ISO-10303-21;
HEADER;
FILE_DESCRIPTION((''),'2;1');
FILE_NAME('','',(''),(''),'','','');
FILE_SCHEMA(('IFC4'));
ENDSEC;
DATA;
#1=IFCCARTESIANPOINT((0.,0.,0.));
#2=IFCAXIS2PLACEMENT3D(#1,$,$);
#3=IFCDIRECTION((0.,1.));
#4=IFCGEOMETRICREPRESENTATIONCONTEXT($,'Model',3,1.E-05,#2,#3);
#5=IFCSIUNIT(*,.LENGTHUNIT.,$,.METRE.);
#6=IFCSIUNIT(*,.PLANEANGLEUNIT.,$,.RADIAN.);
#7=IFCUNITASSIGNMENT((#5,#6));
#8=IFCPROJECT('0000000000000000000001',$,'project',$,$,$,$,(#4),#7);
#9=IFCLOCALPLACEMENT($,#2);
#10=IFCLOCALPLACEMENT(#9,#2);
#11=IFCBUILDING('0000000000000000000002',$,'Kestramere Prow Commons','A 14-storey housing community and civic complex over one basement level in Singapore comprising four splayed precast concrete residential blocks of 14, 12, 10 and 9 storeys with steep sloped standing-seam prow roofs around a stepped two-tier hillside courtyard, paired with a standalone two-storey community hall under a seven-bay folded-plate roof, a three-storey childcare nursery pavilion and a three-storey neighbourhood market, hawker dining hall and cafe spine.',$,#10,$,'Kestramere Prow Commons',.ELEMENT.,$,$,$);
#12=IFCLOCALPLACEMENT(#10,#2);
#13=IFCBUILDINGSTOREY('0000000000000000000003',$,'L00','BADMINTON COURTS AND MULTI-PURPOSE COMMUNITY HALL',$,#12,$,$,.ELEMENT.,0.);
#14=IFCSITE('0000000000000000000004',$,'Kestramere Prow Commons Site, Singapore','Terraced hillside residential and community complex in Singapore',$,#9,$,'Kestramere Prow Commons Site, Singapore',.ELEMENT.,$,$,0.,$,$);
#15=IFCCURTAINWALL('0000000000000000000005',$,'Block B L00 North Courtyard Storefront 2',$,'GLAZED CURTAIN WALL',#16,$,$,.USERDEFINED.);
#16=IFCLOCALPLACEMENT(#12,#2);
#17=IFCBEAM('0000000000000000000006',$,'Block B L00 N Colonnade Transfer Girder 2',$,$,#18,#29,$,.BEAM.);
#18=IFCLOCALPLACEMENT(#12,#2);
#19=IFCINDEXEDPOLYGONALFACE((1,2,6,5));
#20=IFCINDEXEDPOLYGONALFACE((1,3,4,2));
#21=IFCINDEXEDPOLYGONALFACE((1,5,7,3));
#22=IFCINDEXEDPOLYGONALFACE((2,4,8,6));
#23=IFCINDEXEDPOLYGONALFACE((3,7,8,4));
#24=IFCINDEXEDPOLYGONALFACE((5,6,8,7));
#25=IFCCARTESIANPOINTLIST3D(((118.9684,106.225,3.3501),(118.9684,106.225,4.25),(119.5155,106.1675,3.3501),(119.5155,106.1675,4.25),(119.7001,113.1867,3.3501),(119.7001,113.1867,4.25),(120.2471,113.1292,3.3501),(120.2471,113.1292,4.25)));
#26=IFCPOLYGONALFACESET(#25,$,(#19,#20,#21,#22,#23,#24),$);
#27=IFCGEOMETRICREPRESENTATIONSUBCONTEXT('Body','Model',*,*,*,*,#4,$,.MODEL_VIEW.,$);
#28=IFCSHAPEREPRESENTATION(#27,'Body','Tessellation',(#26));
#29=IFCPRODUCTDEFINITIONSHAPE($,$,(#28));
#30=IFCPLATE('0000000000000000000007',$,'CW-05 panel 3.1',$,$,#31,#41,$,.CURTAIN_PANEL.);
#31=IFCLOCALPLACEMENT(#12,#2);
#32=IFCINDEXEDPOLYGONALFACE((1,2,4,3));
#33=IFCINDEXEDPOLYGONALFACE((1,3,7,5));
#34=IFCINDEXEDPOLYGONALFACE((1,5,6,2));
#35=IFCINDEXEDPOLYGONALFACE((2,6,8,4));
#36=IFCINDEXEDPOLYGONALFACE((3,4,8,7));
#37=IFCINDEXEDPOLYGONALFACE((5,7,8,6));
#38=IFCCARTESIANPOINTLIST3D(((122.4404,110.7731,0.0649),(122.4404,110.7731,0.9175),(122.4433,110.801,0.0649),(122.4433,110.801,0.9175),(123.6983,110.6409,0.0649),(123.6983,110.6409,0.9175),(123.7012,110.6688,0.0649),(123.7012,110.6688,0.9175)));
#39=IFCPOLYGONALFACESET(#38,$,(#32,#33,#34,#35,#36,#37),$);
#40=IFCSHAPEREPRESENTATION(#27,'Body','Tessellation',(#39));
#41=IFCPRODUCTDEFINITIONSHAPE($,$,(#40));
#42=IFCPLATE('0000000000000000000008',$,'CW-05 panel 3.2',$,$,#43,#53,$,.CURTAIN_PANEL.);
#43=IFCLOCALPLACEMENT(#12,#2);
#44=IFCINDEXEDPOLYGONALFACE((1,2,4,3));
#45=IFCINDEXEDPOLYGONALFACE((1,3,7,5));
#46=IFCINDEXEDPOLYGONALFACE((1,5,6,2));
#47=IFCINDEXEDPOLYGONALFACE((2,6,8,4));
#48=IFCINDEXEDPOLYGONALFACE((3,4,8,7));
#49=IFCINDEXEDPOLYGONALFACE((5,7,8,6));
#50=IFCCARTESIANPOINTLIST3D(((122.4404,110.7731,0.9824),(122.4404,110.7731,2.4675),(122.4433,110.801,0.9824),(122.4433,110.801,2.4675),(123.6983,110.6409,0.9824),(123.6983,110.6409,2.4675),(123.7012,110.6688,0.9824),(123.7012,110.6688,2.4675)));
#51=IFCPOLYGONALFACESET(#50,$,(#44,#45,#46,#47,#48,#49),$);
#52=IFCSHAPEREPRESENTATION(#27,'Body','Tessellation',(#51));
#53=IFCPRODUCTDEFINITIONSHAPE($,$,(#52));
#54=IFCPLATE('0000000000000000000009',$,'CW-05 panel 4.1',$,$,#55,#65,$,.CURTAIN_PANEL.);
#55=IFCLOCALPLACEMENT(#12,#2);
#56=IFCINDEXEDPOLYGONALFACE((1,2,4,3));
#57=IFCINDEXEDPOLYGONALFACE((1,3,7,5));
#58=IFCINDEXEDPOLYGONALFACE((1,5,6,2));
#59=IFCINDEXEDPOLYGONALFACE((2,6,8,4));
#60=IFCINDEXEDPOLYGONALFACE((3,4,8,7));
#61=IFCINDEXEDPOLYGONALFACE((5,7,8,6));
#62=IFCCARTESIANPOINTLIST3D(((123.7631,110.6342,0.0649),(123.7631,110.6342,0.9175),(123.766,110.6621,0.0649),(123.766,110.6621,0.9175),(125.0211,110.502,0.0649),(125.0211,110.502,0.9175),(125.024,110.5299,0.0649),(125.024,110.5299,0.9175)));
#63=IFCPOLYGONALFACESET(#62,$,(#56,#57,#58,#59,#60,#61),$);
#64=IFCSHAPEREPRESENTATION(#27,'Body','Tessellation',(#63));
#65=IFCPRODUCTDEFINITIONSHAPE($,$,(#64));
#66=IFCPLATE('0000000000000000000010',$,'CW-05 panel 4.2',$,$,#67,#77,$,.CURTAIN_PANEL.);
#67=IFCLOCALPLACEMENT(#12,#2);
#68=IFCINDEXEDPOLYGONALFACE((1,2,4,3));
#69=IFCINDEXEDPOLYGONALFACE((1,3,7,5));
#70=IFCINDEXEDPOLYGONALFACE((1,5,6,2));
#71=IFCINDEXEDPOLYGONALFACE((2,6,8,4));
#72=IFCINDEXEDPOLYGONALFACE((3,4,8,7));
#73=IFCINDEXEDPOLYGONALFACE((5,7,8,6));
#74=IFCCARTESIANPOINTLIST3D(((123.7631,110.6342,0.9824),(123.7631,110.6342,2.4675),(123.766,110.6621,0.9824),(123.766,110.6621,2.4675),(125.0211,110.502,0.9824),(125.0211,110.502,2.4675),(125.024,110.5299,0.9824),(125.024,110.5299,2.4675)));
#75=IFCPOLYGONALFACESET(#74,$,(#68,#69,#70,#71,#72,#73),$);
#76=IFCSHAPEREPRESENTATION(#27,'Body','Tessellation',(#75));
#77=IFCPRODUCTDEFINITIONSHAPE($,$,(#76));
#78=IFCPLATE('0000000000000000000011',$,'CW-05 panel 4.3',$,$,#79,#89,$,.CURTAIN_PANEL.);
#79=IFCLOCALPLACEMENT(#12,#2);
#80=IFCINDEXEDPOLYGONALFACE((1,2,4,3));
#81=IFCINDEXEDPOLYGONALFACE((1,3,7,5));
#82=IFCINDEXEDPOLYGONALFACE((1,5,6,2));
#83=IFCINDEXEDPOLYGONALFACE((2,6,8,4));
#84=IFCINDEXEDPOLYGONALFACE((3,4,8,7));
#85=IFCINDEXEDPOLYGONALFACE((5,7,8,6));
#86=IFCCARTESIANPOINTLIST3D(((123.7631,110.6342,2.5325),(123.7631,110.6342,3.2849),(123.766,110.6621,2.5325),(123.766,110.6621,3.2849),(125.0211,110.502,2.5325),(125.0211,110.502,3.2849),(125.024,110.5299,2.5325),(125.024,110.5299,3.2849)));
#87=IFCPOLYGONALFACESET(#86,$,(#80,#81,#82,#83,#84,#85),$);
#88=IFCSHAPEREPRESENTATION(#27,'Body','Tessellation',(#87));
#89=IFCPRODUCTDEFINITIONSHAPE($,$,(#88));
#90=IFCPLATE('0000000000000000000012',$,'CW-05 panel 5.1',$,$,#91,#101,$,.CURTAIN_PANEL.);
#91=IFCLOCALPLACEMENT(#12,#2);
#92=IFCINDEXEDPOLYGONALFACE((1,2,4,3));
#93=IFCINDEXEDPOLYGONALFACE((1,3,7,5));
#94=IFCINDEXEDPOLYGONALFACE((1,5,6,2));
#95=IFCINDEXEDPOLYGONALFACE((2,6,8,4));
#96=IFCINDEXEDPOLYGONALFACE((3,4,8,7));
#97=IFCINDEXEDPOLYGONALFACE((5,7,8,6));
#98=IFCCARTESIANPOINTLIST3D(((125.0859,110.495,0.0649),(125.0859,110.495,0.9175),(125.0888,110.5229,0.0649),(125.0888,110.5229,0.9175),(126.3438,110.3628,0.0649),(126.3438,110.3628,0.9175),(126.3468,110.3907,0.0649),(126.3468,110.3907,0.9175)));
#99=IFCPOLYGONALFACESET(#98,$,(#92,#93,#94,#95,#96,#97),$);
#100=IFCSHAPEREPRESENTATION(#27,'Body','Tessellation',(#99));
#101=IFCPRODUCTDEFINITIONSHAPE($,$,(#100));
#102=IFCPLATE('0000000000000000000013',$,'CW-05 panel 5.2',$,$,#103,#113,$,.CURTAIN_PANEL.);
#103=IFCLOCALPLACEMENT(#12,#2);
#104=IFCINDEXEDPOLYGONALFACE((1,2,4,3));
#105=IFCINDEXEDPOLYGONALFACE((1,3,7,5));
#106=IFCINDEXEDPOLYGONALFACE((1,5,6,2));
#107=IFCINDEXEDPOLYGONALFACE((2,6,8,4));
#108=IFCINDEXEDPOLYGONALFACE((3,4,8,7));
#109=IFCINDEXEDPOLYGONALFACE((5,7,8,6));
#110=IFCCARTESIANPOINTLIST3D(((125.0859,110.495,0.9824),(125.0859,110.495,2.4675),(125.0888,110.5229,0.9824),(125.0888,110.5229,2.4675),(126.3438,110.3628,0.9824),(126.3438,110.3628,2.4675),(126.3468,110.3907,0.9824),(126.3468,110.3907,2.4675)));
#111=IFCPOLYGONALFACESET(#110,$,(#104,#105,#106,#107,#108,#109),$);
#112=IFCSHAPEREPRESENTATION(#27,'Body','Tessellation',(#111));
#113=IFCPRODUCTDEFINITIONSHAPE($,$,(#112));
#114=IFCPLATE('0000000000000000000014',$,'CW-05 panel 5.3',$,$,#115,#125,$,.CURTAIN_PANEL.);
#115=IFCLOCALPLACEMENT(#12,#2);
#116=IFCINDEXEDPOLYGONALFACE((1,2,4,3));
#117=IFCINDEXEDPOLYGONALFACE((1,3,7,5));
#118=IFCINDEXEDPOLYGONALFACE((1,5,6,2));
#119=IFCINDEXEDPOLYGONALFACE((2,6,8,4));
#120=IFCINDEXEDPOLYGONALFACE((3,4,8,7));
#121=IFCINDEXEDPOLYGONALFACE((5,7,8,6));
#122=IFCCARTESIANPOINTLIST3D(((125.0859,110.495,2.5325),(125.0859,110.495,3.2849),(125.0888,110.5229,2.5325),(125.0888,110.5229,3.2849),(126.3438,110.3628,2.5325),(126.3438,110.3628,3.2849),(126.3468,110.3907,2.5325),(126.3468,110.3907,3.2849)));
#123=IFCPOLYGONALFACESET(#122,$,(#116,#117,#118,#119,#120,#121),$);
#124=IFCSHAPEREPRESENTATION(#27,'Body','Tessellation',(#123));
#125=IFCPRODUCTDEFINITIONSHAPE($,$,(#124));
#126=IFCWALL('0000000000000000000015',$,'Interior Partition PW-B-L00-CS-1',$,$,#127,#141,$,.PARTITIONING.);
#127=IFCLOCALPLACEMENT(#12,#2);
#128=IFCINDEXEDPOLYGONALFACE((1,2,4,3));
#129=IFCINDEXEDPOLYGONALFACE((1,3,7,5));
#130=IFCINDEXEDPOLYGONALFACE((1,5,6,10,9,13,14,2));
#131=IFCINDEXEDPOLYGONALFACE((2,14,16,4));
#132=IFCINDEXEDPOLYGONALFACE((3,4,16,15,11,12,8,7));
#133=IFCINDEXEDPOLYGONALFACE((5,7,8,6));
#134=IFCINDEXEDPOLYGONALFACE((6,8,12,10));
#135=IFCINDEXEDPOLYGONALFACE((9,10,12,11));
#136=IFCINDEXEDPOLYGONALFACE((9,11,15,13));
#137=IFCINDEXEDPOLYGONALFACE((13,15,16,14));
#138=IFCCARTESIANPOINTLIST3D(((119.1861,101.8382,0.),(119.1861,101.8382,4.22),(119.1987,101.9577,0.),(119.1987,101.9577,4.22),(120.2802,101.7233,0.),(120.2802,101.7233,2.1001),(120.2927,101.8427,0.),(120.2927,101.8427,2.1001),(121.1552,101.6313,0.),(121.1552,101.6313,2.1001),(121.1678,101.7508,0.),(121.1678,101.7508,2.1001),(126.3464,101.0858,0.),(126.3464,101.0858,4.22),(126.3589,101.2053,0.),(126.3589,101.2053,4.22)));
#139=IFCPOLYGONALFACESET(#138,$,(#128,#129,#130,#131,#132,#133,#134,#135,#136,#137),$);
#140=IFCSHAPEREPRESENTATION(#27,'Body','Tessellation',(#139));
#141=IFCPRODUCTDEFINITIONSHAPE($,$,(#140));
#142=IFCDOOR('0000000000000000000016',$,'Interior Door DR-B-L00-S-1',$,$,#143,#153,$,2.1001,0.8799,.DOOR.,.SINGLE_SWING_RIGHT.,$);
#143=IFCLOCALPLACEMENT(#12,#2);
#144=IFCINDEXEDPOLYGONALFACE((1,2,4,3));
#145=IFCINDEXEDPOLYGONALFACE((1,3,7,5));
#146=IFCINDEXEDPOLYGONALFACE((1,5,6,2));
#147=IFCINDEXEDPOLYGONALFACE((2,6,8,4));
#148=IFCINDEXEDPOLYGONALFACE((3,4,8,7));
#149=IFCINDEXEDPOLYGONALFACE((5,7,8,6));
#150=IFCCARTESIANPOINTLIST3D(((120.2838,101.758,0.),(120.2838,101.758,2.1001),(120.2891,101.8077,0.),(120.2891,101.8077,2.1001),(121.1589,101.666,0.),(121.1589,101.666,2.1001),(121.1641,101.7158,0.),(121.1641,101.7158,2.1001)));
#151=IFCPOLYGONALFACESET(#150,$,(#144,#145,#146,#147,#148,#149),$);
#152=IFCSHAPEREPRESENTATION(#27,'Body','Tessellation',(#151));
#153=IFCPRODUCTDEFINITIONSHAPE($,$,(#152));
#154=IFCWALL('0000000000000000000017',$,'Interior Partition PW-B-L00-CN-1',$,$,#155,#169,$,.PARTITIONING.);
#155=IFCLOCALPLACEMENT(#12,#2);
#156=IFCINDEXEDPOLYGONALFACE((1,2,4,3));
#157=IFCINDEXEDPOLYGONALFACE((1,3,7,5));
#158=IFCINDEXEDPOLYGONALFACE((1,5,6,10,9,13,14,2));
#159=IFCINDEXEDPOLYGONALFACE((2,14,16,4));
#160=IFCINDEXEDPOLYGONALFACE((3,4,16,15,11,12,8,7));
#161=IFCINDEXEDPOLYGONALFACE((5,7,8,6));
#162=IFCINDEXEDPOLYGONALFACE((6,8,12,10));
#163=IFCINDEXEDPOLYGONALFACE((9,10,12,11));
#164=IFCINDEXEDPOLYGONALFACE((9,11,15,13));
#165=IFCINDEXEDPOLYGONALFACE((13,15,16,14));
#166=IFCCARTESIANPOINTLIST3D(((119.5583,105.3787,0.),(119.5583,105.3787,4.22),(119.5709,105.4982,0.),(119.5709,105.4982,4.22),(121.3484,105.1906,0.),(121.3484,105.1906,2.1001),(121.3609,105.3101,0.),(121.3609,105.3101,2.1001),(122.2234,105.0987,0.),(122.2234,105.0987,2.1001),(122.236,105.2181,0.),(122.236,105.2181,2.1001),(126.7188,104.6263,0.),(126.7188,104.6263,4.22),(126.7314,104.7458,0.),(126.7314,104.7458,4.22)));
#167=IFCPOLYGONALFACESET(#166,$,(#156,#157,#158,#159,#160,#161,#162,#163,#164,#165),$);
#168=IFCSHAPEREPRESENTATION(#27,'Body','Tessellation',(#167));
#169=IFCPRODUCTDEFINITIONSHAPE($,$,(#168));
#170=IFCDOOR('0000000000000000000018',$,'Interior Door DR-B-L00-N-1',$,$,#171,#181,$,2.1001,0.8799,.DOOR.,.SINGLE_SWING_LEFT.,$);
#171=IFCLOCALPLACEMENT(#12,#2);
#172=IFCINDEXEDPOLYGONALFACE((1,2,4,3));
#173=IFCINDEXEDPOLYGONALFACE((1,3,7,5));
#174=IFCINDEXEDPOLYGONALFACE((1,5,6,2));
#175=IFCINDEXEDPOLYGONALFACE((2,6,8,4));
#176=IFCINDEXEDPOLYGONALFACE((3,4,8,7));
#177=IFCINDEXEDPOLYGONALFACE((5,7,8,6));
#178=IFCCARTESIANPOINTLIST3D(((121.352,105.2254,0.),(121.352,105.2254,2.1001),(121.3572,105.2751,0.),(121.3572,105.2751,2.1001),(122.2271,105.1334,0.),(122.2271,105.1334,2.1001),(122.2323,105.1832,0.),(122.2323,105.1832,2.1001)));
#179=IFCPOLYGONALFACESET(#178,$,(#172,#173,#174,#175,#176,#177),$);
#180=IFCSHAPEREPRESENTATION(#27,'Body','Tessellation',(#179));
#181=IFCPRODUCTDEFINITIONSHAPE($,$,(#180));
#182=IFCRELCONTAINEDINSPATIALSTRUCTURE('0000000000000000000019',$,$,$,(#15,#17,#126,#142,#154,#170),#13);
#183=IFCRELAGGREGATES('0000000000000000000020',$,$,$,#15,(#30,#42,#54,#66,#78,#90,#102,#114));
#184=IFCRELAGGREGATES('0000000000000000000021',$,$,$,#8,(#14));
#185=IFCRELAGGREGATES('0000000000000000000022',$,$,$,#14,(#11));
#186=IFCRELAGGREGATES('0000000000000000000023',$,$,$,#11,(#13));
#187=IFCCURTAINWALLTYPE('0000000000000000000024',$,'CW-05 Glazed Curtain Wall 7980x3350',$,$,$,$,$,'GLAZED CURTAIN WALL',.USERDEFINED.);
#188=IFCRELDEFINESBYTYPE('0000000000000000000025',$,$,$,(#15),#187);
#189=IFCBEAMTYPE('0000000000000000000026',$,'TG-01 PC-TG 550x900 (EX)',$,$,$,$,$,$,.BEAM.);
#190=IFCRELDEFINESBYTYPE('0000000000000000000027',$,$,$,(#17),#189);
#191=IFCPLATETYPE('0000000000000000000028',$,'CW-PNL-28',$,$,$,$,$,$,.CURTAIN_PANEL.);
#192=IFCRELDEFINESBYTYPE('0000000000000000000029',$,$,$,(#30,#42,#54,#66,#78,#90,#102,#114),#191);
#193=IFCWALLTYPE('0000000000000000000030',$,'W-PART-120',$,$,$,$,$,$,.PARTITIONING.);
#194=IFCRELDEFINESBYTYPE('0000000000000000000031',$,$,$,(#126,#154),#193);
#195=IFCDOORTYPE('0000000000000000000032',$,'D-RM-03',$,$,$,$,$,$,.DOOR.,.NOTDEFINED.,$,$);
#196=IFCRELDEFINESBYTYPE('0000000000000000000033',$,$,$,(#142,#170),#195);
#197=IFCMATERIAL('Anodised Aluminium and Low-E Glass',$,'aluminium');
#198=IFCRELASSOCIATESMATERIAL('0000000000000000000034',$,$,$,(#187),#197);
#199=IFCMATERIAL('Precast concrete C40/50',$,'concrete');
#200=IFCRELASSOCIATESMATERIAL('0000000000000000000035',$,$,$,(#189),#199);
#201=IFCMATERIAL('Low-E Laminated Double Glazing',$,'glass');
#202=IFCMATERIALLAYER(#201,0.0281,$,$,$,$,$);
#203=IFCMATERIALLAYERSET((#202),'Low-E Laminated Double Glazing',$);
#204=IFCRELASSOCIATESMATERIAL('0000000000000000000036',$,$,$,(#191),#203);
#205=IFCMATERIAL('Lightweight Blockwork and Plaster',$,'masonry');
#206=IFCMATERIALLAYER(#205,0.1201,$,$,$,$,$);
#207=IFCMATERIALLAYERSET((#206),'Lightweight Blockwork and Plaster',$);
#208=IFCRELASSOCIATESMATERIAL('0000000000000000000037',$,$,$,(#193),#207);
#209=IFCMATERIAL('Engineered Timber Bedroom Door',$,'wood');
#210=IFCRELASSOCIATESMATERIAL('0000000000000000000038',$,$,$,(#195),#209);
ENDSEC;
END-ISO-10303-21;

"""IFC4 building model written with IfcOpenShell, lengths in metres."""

from ifc_helpers import new_model, si_unit, direction, frame, frame_2d, origin, origin_2d, place, context, subcontext, project, spatial, rectangle, extrude, material, layer, layer_set, material_profile, profile_set, type_object, element, fill, aggregate, save


model = new_model("IFC4")

# Units and contexts
model_context = context("Model", 3, precision=1e-05, world=origin(), true_north=direction((0.0, 1.0)))
body_context = subcontext(model_context, "Body", "Model", "MODEL_VIEW")
ifc_project = project(units=[si_unit("LENGTHUNIT", "METRE"), si_unit("PLANEANGLEUNIT", "RADIAN")], contexts=[model_context])

# Site, building, storey
site_placement = place(None, origin())
site = spatial("IfcSite", under=ifc_project, at=site_placement, Name="Kestramere Prow Commons Site, Singapore", Description="Terraced hillside residential and community complex in Singapore", LongName="Kestramere Prow Commons Site, Singapore", CompositionType="ELEMENT", RefElevation=0.0)
building_placement = place(site_placement, origin())
building = spatial("IfcBuilding", under=site, at=building_placement, Name="Kestramere Prow Commons", Description="A 14-storey housing community and civic complex over one basement level in Singapore comprising four splayed precast concrete residential blocks of 14, 12, 10 and 9 storeys with steep sloped standing-seam prow roofs around a stepped two-tier hillside courtyard, paired with a standalone two-storey community hall under a seven-bay folded-plate roof, a three-storey childcare nursery pavilion and a three-storey neighbourhood market, hawker dining hall and cafe spine.", LongName="Kestramere Prow Commons", CompositionType="ELEMENT")
storey_placement = place(building_placement, origin())
storey = spatial("IfcBuildingStorey", under=building, at=storey_placement, Name="L00", Description="BADMINTON COURTS AND MULTI-PURPOSE COMMUNITY HALL", CompositionType="ELEMENT", Elevation=0.0)

# Shared definitions
ifc_material_1 = material(Name="Precast concrete C40/50", Category="concrete")

# Curtain wall
ifc_material_2 = material(Name="Anodised Aluminium and Low-E Glass", Category="aluminium")
curtain_wall_type = type_object("IfcCurtainWallType", Name="CW-05 Glazed Curtain Wall 7980x3350", ElementType="GLAZED CURTAIN WALL", PredefinedType="USERDEFINED", material=ifc_material_2)
curtain_wall_placement = place(storey_placement, origin())
curtain_wall = element("IfcCurtainWall", 1, at=curtain_wall_placement, inside=storey, type_object=curtain_wall_type, Name="Block B L00 North Courtyard Storefront 2", ObjectType="GLAZED CURTAIN WALL", PredefinedType="USERDEFINED")

# Beam
ifc_material_profile_1 = material_profile(ifc_material_1, rectangle(XDim=0.55, YDim=0.8999, at=origin_2d()), Name="PC-TG 550x900")
ifc_profile_set_1 = profile_set([ifc_material_profile_1], Name="Precast concrete C40/50")
beam_type_1 = type_object("IfcBeamType", Name="TG-01 PC-TG 550x900 (EX)", PredefinedType="BEAM", material=ifc_profile_set_1)
beam_1_placement = place(storey_placement, frame((119.2419, 106.1963, 3.8), z_axis=(0.104527, 0.994522, 0.0), x_axis=(-0.994522, 0.104527, 0.0)))
element("IfcBeam", 2, at=beam_1_placement, inside=storey, type_object=beam_type_1, Name="Block B L00 N Colonnade Transfer Girder 2", PredefinedType="BEAM", context=body_context, shape_type="SweptSolid", body=[
    extrude(rectangle(XDim=0.55, YDim=0.8999, at=origin_2d()), origin(), (0.0, 0.0, 1.0), 7.0),
])

# Plates
ifc_material_3 = material(Name="Low-E Laminated Double Glazing", Category="glass")
ifc_layer_1 = layer(ifc_material_3, 0.0281)
ifc_layer_set_1 = layer_set([ifc_layer_1], Name="Low-E Laminated Double Glazing")
plate_type = type_object("IfcPlateType", Name="CW-PNL-28", PredefinedType="CURTAIN_PANEL", material=ifc_layer_set_1)
plate_1_placement = place(storey_placement, frame((123.0708, 110.7209, 0.0649), z_axis=(0.0, 0.0, 1.0), x_axis=(0.994522, -0.104529, 0.0)))
plate_1 = element("IfcPlate", 3, at=plate_1_placement, type_object=plate_type, Name="CW-05 panel 3.1", PredefinedType="CURTAIN_PANEL", context=body_context, shape_type="SweptSolid", body=[
    extrude(rectangle(XDim=1.2649, YDim=0.0281, at=origin_2d()), origin(), (0.0, 0.0, 1.0), 0.8525),
])
plate_2_placement = place(storey_placement, frame((123.0708, 110.7209, 0.9824), z_axis=(0.0, 0.0, 1.0), x_axis=(0.994522, -0.104529, 0.0)))
plate_2 = element("IfcPlate", 4, at=plate_2_placement, type_object=plate_type, Name="CW-05 panel 3.2", PredefinedType="CURTAIN_PANEL", context=body_context, shape_type="SweptSolid", body=[
    extrude(rectangle(XDim=1.2649, YDim=0.0281, at=origin_2d()), origin(), (0.0, 0.0, 1.0), 1.4851),
])
plate_3_placement = place(storey_placement, frame((124.3936, 110.582, 0.0649), z_axis=(0.0, 0.0, 1.0), x_axis=(0.994522, -0.104529, 0.0)))
plate_3 = element("IfcPlate", 5, at=plate_3_placement, type_object=plate_type, Name="CW-05 panel 4.1", PredefinedType="CURTAIN_PANEL", context=body_context, shape_type="SweptSolid", body=[
    extrude(rectangle(XDim=1.2649, YDim=0.0281, at=origin_2d()), origin(), (0.0, 0.0, 1.0), 0.8525),
])
plate_4_placement = place(storey_placement, frame((124.3936, 110.582, 0.9824), z_axis=(0.0, 0.0, 1.0), x_axis=(0.994522, -0.104529, 0.0)))
plate_4 = element("IfcPlate", 6, at=plate_4_placement, type_object=plate_type, Name="CW-05 panel 4.2", PredefinedType="CURTAIN_PANEL", context=body_context, shape_type="SweptSolid", body=[
    extrude(rectangle(XDim=1.2649, YDim=0.0281, at=origin_2d()), origin(), (0.0, 0.0, 1.0), 1.4851),
])
plate_5_placement = place(storey_placement, frame((124.3936, 110.582, 2.5325), z_axis=(0.0, 0.0, 1.0), x_axis=(0.994522, -0.104529, 0.0)))
plate_5 = element("IfcPlate", 7, at=plate_5_placement, type_object=plate_type, Name="CW-05 panel 4.3", PredefinedType="CURTAIN_PANEL", context=body_context, shape_type="SweptSolid", body=[
    extrude(rectangle(XDim=1.2649, YDim=0.0281, at=origin_2d()), origin(), (0.0, 0.0, 1.0), 0.7524),
])
plate_6_placement = place(storey_placement, frame((125.7163, 110.4429, 0.0649), z_axis=(0.0, 0.0, 1.0), x_axis=(0.994522, -0.104529, 0.0)))
plate_6 = element("IfcPlate", 8, at=plate_6_placement, type_object=plate_type, Name="CW-05 panel 5.1", PredefinedType="CURTAIN_PANEL", context=body_context, shape_type="SweptSolid", body=[
    extrude(rectangle(XDim=1.2649, YDim=0.0281, at=origin_2d()), origin(), (0.0, 0.0, 1.0), 0.8525),
])
plate_7_placement = place(storey_placement, frame((125.7163, 110.4429, 0.9824), z_axis=(0.0, 0.0, 1.0), x_axis=(0.994522, -0.104529, 0.0)))
plate_7 = element("IfcPlate", 9, at=plate_7_placement, type_object=plate_type, Name="CW-05 panel 5.2", PredefinedType="CURTAIN_PANEL", context=body_context, shape_type="SweptSolid", body=[
    extrude(rectangle(XDim=1.2649, YDim=0.0281, at=origin_2d()), origin(), (0.0, 0.0, 1.0), 1.4851),
])
plate_8_placement = place(storey_placement, frame((125.7163, 110.4429, 2.5325), z_axis=(0.0, 0.0, 1.0), x_axis=(0.994522, -0.104529, 0.0)))
plate_8 = element("IfcPlate", 10, at=plate_8_placement, type_object=plate_type, Name="CW-05 panel 5.3", PredefinedType="CURTAIN_PANEL", context=body_context, shape_type="SweptSolid", body=[
    extrude(rectangle(XDim=1.2649, YDim=0.0281, at=origin_2d()), origin(), (0.0, 0.0, 1.0), 0.7524),
])
aggregate(curtain_wall, [plate_1, plate_2, plate_3, plate_4, plate_5, plate_6, plate_7, plate_8])

# Walls, openings, doors
ifc_material_4 = material(Name="Lightweight Blockwork and Plaster", Category="masonry")
ifc_layer_2 = layer(ifc_material_4, 0.1201)
ifc_layer_set_2 = layer_set([ifc_layer_2], Name="Lightweight Blockwork and Plaster")
wall_type = type_object("IfcWallType", Name="W-PART-120", PredefinedType="PARTITIONING", material=ifc_layer_set_2)
wall_1_placement = place(storey_placement, frame((119.1924, 101.8979, 0.0), z_axis=(0.0, 0.0, 1.0), x_axis=(0.994524, -0.104508, 0.0)))
wall_1 = element("IfcWall", 11, at=wall_1_placement, inside=storey, type_object=wall_type, Name="Interior Partition PW-B-L00-CS-1", PredefinedType="PARTITIONING", context=body_context, shape_type="SweptSolid", body=[
    extrude(rectangle(XDim=7.1997, YDim=0.1201, at=frame_2d((3.5999, 0.0))), origin(), (0.0, 0.0, 1.0), 4.22),
])
opening_1_placement = place(wall_1_placement, frame((1.1001, 0.0, 0.0)))
opening_1 = element("IfcOpeningElement", 12, at=opening_1_placement, cuts=wall_1, PredefinedType="OPENING", context=body_context, shape_type="SweptSolid", body=[
    extrude(rectangle(XDim=0.8799, YDim=2.1001, at=frame_2d((0.4399, 1.05))), frame((0.0, 0.075, 0.0), z_axis=(0.0, -1.0, 0.0), x_axis=(1.0, 0.0, 0.0)), (0.0, 0.0, 1.0), 0.1501),
])
ifc_material_5 = material(Name="Engineered Timber Bedroom Door", Category="wood")
door_type = type_object("IfcDoorType", Name="D-RM-03", OperationType="NOTDEFINED", PredefinedType="DOOR", material=ifc_material_5)
door_1_placement = place(opening_1_placement, origin())
door_1 = element("IfcDoor", 13, at=door_1_placement, inside=storey, type_object=door_type, Name="Interior Door DR-B-L00-S-1", OperationType="SINGLE_SWING_RIGHT", OverallHeight=2.1001, OverallWidth=0.8799, PredefinedType="DOOR", context=body_context, shape_type="SweptSolid", body=[
    extrude(rectangle(XDim=0.8799, YDim=2.1001, at=frame_2d((0.4399, 1.05))), frame((0.0, 0.0249, 0.0), z_axis=(0.0, -1.0, 0.0), x_axis=(1.0, 0.0, 0.0)), (0.0, 0.0, 1.0), 0.05),
])
fill(opening_1, door_1)
wall_2_placement = place(storey_placement, frame((119.5645, 105.4385, 0.0), z_axis=(0.0, 0.0, 1.0), x_axis=(0.994524, -0.104505, 0.0)))
wall_2 = element("IfcWall", 14, at=wall_2_placement, inside=storey, type_object=wall_type, Name="Interior Partition PW-B-L00-CN-1", PredefinedType="PARTITIONING", context=body_context, shape_type="SweptSolid", body=[
    extrude(rectangle(XDim=7.2, YDim=0.1201, at=frame_2d((3.6001, 0.0))), origin(), (0.0, 0.0, 1.0), 4.22),
])
opening_2_placement = place(wall_2_placement, frame((1.8, 0.0, 0.0)))
opening_2 = element("IfcOpeningElement", 15, at=opening_2_placement, cuts=wall_2, PredefinedType="OPENING", context=body_context, shape_type="SweptSolid", body=[
    extrude(rectangle(XDim=0.8799, YDim=2.1001, at=frame_2d((0.4399, 1.05))), frame((0.0, 0.075, 0.0), z_axis=(0.0, -1.0, 0.0), x_axis=(1.0, 0.0, 0.0)), (0.0, 0.0, 1.0), 0.1501),
])
door_2_placement = place(opening_2_placement, origin())
door_2 = element("IfcDoor", 16, at=door_2_placement, inside=storey, type_object=door_type, Name="Interior Door DR-B-L00-N-1", OperationType="SINGLE_SWING_LEFT", OverallHeight=2.1001, OverallWidth=0.8799, PredefinedType="DOOR", context=body_context, shape_type="SweptSolid", body=[
    extrude(rectangle(XDim=0.8799, YDim=2.1001, at=frame_2d((0.4399, 1.05))), frame((0.0, 0.0249, 0.0), z_axis=(0.0, -1.0, 0.0), x_axis=(1.0, 0.0, 0.0)), (0.0, 0.0, 1.0), 0.05),
])
fill(opening_2, door_2)

save(model, "model.ifc")
